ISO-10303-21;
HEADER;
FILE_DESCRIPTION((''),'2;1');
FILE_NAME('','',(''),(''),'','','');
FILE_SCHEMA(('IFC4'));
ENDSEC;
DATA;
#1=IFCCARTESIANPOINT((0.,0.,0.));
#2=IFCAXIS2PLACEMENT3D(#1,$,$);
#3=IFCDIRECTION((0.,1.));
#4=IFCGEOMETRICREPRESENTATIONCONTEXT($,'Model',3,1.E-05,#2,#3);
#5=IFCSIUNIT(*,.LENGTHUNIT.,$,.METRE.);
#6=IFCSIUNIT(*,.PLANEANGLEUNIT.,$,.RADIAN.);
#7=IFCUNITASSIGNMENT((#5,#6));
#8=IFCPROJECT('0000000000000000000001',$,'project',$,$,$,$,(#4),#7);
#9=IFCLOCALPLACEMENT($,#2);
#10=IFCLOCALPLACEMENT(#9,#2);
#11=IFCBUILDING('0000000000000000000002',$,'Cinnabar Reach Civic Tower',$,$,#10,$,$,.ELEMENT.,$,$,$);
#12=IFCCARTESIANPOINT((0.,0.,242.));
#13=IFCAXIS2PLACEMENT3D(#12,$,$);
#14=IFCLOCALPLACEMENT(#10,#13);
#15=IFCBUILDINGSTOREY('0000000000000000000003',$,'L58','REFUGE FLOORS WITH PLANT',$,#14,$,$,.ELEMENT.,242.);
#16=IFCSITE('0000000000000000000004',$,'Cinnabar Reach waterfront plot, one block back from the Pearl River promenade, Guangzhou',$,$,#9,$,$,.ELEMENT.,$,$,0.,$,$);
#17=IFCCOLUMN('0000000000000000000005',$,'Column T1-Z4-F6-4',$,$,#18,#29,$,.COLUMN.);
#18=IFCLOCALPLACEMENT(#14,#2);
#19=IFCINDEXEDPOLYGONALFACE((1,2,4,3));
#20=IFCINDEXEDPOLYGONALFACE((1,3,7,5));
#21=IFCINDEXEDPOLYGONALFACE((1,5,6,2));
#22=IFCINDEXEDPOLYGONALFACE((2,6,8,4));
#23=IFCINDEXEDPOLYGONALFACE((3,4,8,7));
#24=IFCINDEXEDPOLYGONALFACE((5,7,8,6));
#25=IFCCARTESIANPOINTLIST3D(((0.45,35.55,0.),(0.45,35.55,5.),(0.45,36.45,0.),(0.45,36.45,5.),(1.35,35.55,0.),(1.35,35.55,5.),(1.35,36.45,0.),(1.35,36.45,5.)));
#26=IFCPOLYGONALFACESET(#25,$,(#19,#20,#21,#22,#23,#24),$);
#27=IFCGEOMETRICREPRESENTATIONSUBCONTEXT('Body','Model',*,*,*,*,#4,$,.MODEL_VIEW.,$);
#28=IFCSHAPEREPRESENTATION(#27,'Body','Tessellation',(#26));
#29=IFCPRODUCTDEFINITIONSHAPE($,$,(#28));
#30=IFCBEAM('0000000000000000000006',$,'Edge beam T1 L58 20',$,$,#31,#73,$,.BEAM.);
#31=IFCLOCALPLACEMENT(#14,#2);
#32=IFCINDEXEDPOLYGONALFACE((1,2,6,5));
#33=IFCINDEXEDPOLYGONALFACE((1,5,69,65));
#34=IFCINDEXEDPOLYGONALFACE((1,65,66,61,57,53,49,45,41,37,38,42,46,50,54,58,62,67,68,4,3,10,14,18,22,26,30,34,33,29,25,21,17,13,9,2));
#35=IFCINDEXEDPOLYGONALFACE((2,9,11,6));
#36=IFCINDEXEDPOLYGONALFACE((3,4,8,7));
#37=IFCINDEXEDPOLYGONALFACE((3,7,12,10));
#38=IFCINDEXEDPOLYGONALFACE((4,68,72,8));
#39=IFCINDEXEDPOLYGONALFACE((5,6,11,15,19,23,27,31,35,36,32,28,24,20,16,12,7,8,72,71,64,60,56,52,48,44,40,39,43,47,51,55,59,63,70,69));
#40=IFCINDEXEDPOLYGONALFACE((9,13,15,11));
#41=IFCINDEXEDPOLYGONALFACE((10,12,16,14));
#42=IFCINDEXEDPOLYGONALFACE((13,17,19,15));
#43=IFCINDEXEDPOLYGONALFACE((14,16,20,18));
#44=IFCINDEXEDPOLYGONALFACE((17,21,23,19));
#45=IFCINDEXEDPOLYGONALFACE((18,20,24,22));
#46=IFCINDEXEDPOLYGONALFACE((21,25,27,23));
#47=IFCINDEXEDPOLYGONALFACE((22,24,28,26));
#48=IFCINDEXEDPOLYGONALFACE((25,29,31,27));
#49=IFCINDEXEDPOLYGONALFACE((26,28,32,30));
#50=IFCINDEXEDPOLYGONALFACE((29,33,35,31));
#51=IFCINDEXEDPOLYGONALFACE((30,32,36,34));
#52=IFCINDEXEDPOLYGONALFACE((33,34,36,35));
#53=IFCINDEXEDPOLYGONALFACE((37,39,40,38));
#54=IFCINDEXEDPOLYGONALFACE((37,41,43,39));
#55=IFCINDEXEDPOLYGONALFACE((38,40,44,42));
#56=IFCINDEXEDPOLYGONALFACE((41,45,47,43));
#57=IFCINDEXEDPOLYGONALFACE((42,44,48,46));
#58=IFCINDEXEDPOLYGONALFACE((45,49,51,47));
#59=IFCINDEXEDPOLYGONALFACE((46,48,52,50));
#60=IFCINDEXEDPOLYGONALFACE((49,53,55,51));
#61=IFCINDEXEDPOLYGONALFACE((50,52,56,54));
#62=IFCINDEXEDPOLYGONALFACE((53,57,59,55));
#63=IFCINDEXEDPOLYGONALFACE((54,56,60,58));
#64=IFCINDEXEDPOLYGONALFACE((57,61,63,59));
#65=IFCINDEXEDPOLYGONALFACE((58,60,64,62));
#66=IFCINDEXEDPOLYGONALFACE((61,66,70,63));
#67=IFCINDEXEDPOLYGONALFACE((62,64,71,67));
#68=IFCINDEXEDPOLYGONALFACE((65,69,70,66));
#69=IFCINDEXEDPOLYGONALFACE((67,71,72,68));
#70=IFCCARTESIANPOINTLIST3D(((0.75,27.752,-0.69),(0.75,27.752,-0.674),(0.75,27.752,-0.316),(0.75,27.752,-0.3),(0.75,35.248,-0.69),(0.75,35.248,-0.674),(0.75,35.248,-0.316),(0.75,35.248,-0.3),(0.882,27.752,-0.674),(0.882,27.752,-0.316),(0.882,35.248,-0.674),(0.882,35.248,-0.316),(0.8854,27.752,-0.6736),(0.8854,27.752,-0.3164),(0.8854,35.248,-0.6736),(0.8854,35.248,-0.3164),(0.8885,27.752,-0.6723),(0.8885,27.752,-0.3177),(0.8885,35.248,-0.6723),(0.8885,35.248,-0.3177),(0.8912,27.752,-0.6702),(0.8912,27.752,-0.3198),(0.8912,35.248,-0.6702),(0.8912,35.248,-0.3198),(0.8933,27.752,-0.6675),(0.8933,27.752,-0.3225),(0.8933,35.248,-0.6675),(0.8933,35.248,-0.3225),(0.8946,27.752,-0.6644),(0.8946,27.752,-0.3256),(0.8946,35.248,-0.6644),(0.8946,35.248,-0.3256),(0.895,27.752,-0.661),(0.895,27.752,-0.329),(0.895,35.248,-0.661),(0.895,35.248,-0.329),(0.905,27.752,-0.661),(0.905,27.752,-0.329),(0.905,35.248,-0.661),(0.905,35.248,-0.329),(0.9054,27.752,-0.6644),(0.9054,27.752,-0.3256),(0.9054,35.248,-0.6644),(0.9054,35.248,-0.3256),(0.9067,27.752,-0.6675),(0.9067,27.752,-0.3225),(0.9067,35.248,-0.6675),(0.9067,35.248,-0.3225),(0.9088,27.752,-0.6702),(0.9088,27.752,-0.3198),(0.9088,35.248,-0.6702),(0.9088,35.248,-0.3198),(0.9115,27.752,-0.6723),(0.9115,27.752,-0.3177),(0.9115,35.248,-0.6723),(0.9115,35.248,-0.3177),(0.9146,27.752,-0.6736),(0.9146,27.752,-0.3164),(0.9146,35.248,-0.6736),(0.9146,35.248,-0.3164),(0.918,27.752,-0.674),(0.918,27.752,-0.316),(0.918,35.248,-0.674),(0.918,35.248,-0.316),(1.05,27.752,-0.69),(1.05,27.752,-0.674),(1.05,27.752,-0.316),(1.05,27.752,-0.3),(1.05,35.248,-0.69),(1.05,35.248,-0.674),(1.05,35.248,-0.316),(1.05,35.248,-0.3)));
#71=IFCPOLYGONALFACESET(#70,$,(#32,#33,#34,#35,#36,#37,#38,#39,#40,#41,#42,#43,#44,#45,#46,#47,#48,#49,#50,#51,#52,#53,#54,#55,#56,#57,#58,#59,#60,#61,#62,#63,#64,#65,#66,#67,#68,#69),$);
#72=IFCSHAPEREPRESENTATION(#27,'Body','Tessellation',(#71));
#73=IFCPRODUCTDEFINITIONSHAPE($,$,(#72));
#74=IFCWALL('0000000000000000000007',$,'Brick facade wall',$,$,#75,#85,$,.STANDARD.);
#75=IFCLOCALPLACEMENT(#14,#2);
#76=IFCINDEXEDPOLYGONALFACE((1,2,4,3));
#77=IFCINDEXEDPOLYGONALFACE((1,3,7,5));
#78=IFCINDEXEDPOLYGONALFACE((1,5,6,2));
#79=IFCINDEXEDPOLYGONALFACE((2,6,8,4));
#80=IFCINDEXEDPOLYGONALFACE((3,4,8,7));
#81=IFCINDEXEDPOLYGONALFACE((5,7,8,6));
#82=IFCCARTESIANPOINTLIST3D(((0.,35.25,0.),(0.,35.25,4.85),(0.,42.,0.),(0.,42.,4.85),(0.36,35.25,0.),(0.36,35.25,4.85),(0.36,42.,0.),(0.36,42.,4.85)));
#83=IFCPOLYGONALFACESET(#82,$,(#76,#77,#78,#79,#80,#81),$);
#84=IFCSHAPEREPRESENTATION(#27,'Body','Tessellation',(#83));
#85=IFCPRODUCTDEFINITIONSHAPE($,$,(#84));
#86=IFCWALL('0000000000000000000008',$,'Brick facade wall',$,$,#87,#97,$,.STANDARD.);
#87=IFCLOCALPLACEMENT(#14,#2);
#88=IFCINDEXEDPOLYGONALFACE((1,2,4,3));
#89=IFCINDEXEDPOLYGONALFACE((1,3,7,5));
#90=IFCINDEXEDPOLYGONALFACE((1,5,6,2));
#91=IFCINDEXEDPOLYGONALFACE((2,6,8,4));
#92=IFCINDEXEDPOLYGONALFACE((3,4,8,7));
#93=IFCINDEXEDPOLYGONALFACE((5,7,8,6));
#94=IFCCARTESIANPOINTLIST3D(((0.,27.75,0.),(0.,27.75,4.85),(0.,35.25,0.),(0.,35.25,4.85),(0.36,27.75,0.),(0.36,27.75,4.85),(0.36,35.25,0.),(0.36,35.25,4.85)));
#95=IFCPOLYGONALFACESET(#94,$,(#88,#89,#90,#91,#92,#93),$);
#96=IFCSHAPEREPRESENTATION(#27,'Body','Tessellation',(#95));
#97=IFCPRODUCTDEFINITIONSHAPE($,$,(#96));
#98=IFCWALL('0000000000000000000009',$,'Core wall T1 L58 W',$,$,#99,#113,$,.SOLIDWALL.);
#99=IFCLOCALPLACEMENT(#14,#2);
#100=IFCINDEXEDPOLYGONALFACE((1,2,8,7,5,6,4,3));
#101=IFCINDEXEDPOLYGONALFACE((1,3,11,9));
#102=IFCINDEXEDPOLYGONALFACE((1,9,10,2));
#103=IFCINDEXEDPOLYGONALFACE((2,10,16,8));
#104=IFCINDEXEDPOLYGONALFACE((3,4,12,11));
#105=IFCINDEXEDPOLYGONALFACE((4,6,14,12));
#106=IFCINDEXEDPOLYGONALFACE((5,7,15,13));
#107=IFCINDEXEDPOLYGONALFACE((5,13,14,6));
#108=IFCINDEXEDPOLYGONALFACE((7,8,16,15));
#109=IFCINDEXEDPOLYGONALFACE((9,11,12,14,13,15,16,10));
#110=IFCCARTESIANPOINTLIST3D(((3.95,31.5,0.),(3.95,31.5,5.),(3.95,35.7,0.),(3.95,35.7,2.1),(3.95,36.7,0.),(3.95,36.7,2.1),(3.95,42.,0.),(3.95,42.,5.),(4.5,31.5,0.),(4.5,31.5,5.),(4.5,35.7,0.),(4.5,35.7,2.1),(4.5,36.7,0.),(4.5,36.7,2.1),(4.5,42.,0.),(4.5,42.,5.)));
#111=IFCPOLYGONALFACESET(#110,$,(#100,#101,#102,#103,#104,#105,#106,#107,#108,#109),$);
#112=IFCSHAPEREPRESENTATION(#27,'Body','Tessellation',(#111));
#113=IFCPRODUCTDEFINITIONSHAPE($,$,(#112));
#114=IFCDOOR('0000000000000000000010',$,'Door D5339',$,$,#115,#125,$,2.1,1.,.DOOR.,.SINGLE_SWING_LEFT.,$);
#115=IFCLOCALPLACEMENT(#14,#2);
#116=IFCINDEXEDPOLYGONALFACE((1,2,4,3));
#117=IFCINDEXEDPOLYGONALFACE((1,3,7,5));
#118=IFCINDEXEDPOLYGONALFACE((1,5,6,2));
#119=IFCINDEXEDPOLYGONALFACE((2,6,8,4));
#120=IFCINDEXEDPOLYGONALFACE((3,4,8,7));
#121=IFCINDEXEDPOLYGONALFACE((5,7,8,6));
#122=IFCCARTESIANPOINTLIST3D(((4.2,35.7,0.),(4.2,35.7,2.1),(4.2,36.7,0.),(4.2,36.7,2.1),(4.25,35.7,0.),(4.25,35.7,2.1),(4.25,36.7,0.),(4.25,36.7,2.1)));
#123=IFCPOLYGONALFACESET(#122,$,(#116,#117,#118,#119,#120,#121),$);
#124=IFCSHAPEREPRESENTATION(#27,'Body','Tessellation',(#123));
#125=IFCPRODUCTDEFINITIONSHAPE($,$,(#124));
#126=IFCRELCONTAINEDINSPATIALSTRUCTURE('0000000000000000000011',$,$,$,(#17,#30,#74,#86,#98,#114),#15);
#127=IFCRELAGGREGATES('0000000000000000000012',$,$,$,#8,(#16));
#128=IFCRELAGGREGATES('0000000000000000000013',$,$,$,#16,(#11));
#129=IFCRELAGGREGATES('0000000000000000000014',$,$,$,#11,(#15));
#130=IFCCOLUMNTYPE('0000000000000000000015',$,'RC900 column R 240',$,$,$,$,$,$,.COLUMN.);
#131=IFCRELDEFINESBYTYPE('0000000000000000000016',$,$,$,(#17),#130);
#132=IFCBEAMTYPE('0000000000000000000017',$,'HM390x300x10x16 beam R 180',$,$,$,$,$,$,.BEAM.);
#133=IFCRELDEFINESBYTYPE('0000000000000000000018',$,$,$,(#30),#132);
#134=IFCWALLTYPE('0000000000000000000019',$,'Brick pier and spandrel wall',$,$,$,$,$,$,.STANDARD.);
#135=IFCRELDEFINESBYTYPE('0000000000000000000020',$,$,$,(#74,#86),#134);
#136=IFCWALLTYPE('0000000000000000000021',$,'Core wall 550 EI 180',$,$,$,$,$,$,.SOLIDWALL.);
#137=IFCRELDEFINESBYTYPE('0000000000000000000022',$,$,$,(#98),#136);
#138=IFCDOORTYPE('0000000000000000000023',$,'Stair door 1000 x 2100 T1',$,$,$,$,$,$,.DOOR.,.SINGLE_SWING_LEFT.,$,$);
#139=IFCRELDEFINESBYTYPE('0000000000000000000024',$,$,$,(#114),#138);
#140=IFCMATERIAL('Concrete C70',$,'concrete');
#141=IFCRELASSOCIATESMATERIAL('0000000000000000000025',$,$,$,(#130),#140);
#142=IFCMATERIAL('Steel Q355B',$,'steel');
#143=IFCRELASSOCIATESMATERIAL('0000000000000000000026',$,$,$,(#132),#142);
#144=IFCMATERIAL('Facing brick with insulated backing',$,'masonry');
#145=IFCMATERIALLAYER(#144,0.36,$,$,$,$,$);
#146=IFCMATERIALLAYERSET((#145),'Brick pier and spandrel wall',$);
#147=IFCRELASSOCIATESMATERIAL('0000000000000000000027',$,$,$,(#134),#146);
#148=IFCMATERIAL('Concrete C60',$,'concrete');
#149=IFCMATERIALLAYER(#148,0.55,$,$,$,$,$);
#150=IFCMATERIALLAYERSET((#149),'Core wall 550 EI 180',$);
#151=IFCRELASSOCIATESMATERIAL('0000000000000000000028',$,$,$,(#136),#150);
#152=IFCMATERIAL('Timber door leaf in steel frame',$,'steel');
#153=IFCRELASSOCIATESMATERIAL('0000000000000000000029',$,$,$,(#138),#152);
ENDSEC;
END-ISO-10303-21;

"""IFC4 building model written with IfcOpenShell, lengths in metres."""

from ifc_helpers import new_model, si_unit, direction, frame, frame_2d, origin, origin_2d, place, context, subcontext, project, spatial, rectangle, i_section, extrude, material, layer, layer_set, material_profile, profile_set, type_object, element, fill, save


model = new_model("IFC4")

# Units and contexts
model_context = context("Model", 3, precision=1e-05, world=origin(), true_north=direction((0.0, 1.0)))
body_context = subcontext(model_context, "Body", "Model", "MODEL_VIEW")
ifc_project = project(units=[si_unit("LENGTHUNIT", "METRE"), si_unit("PLANEANGLEUNIT", "RADIAN")], contexts=[model_context])

# Site, building, storey
site_placement = place(None, origin())
site = spatial("IfcSite", under=ifc_project, at=site_placement, Name="Cinnabar Reach waterfront plot, one block back from the Pearl River promenade, Guangzhou", CompositionType="ELEMENT", RefElevation=0.0)
building_placement = place(site_placement, origin())
building = spatial("IfcBuilding", under=site, at=building_placement, Name="Cinnabar Reach Civic Tower", CompositionType="ELEMENT")
storey_placement = place(building_placement, frame((0.0, 0.0, 242.0)))
storey = spatial("IfcBuildingStorey", under=building, at=storey_placement, Name="L58", Description="REFUGE FLOORS WITH PLANT", CompositionType="ELEMENT", Elevation=242.0)

# Column
ifc_material_1 = material(Name="Concrete C70", Category="concrete")
ifc_material_profile_1 = material_profile(ifc_material_1, rectangle(XDim=0.9, YDim=0.9, at=origin_2d()), Name="RC900")
ifc_profile_set_1 = profile_set([ifc_material_profile_1], Name="Concrete C70")
column_type = type_object("IfcColumnType", Name="RC900 column R 240", PredefinedType="COLUMN", material=ifc_profile_set_1)
column_placement = place(storey_placement, frame((0.9, 36.0, 0.0), z_axis=(0.0, 0.0, 1.0), x_axis=(1.0, 0.0, 0.0)))
element("IfcColumn", 1, at=column_placement, inside=storey, type_object=column_type, Name="Column T1-Z4-F6-4", PredefinedType="COLUMN", context=body_context, shape_type="SweptSolid", body=[
    extrude(rectangle(XDim=0.9, YDim=0.9, at=origin_2d()), origin(), (0.0, 0.0, 1.0), 5.0),
])

# Beam
ifc_material_2 = material(Name="Steel Q355B", Category="steel")
ifc_material_profile_2 = material_profile(ifc_material_2, i_section(OverallWidth=0.3, OverallDepth=0.39, WebThickness=0.01, FlangeThickness=0.016, FilletRadius=0.013, at=origin_2d()), Name="HM390x300x10x16")
ifc_profile_set_2 = profile_set([ifc_material_profile_2], Name="Steel Q355B")
beam_type = type_object("IfcBeamType", Name="HM390x300x10x16 beam R 180", PredefinedType="BEAM", material=ifc_profile_set_2)
beam_placement = place(storey_placement, frame((0.9, 35.248, -0.495), z_axis=(0.0, -1.0, 0.0), x_axis=(1.0, 0.0, 0.0)))
element("IfcBeam", 2, at=beam_placement, inside=storey, type_object=beam_type, Name="Edge beam T1 L58 20", PredefinedType="BEAM", context=body_context, shape_type="SweptSolid", body=[
    extrude(i_section(OverallWidth=0.3, OverallDepth=0.39, WebThickness=0.01, FlangeThickness=0.016, FilletRadius=0.013, at=origin_2d()), origin(), (0.0, 0.0, 1.0), 7.496),
])

# Walls
ifc_material_3 = material(Name="Facing brick with insulated backing", Category="masonry")
ifc_layer_1 = layer(ifc_material_3, 0.36)
ifc_layer_set_1 = layer_set([ifc_layer_1], Name="Brick pier and spandrel wall")
wall_type_1 = type_object("IfcWallType", Name="Brick pier and spandrel wall", PredefinedType="STANDARD", material=ifc_layer_set_1)
wall_1_placement = place(storey_placement, frame((0.18, 42.0, 0.0), z_axis=(0.0, 0.0, 1.0), x_axis=(0.0, -1.0, 0.0)))
element("IfcWall", 3, at=wall_1_placement, inside=storey, type_object=wall_type_1, Name="Brick facade wall", PredefinedType="STANDARD", context=body_context, shape_type="SweptSolid", body=[
    extrude(rectangle(XDim=6.75, YDim=0.36, at=frame_2d((3.375, 0.0))), origin(), (0.0, 0.0, 1.0), 4.85),
])
wall_2_placement = place(storey_placement, frame((0.18, 35.25, 0.0), z_axis=(0.0, 0.0, 1.0), x_axis=(0.0, -1.0, 0.0)))
element("IfcWall", 4, at=wall_2_placement, inside=storey, type_object=wall_type_1, Name="Brick facade wall", PredefinedType="STANDARD", context=body_context, shape_type="SweptSolid", body=[
    extrude(rectangle(XDim=7.5, YDim=0.36, at=frame_2d((3.75, 0.0))), origin(), (0.0, 0.0, 1.0), 4.85),
])

# Wall, opening, door
ifc_material_4 = material(Name="Concrete C60", Category="concrete")
ifc_layer_2 = layer(ifc_material_4, 0.55)
ifc_layer_set_2 = layer_set([ifc_layer_2], Name="Core wall 550 EI 180")
wall_type_2 = type_object("IfcWallType", Name="Core wall 550 EI 180", PredefinedType="SOLIDWALL", material=ifc_layer_set_2)
wall_3_placement = place(storey_placement, frame((4.225, 42.0, 0.0), z_axis=(0.0, 0.0, 1.0), x_axis=(0.0, -1.0, 0.0)))
wall_3 = element("IfcWall", 5, at=wall_3_placement, inside=storey, type_object=wall_type_2, Name="Core wall T1 L58 W", PredefinedType="SOLIDWALL", context=body_context, shape_type="SweptSolid", body=[
    extrude(rectangle(XDim=10.5, YDim=0.55, at=frame_2d((5.25, 0.0))), origin(), (0.0, 0.0, 1.0), 5.0),
])
opening_1_placement = place(wall_3_placement, frame((5.3, 0.0, 0.0)))
opening_1 = element("IfcOpeningElement", 6, at=opening_1_placement, cuts=wall_3, PredefinedType="OPENING", context=body_context, shape_type="SweptSolid", body=[
    extrude(rectangle(XDim=1.0, YDim=2.1, at=frame_2d((0.5, 1.05))), frame((0.0, 0.285, 0.0), z_axis=(0.0, -1.0, 0.0), x_axis=(1.0, 0.0, 0.0)), (0.0, 0.0, 1.0), 0.57),
])
ifc_material_5 = material(Name="Timber door leaf in steel frame", Category="steel")
door_type_1 = type_object("IfcDoorType", Name="Stair door 1000 x 2100 T1", OperationType="SINGLE_SWING_LEFT", PredefinedType="DOOR", material=ifc_material_5)
door_1_placement = place(opening_1_placement, frame((1.0, 0.0, 0.0), z_axis=(0.0, 0.0, 1.0), x_axis=(-1.0, 0.0, 0.0)))
door_1 = element("IfcDoor", 7, at=door_1_placement, inside=storey, type_object=door_type_1, Name="Door D5339", OperationType="SINGLE_SWING_LEFT", OverallHeight=2.1, OverallWidth=1.0, PredefinedType="DOOR", context=body_context, shape_type="SweptSolid", body=[
    extrude(rectangle(XDim=1.0, YDim=2.1, at=frame_2d((0.5, 1.05))), frame((0.0, 0.025, 0.0), z_axis=(0.0, -1.0, 0.0), x_axis=(1.0, 0.0, 0.0)), (0.0, 0.0, 1.0), 0.05),
])
fill(opening_1, door_1)

save(model, "model.ifc")
